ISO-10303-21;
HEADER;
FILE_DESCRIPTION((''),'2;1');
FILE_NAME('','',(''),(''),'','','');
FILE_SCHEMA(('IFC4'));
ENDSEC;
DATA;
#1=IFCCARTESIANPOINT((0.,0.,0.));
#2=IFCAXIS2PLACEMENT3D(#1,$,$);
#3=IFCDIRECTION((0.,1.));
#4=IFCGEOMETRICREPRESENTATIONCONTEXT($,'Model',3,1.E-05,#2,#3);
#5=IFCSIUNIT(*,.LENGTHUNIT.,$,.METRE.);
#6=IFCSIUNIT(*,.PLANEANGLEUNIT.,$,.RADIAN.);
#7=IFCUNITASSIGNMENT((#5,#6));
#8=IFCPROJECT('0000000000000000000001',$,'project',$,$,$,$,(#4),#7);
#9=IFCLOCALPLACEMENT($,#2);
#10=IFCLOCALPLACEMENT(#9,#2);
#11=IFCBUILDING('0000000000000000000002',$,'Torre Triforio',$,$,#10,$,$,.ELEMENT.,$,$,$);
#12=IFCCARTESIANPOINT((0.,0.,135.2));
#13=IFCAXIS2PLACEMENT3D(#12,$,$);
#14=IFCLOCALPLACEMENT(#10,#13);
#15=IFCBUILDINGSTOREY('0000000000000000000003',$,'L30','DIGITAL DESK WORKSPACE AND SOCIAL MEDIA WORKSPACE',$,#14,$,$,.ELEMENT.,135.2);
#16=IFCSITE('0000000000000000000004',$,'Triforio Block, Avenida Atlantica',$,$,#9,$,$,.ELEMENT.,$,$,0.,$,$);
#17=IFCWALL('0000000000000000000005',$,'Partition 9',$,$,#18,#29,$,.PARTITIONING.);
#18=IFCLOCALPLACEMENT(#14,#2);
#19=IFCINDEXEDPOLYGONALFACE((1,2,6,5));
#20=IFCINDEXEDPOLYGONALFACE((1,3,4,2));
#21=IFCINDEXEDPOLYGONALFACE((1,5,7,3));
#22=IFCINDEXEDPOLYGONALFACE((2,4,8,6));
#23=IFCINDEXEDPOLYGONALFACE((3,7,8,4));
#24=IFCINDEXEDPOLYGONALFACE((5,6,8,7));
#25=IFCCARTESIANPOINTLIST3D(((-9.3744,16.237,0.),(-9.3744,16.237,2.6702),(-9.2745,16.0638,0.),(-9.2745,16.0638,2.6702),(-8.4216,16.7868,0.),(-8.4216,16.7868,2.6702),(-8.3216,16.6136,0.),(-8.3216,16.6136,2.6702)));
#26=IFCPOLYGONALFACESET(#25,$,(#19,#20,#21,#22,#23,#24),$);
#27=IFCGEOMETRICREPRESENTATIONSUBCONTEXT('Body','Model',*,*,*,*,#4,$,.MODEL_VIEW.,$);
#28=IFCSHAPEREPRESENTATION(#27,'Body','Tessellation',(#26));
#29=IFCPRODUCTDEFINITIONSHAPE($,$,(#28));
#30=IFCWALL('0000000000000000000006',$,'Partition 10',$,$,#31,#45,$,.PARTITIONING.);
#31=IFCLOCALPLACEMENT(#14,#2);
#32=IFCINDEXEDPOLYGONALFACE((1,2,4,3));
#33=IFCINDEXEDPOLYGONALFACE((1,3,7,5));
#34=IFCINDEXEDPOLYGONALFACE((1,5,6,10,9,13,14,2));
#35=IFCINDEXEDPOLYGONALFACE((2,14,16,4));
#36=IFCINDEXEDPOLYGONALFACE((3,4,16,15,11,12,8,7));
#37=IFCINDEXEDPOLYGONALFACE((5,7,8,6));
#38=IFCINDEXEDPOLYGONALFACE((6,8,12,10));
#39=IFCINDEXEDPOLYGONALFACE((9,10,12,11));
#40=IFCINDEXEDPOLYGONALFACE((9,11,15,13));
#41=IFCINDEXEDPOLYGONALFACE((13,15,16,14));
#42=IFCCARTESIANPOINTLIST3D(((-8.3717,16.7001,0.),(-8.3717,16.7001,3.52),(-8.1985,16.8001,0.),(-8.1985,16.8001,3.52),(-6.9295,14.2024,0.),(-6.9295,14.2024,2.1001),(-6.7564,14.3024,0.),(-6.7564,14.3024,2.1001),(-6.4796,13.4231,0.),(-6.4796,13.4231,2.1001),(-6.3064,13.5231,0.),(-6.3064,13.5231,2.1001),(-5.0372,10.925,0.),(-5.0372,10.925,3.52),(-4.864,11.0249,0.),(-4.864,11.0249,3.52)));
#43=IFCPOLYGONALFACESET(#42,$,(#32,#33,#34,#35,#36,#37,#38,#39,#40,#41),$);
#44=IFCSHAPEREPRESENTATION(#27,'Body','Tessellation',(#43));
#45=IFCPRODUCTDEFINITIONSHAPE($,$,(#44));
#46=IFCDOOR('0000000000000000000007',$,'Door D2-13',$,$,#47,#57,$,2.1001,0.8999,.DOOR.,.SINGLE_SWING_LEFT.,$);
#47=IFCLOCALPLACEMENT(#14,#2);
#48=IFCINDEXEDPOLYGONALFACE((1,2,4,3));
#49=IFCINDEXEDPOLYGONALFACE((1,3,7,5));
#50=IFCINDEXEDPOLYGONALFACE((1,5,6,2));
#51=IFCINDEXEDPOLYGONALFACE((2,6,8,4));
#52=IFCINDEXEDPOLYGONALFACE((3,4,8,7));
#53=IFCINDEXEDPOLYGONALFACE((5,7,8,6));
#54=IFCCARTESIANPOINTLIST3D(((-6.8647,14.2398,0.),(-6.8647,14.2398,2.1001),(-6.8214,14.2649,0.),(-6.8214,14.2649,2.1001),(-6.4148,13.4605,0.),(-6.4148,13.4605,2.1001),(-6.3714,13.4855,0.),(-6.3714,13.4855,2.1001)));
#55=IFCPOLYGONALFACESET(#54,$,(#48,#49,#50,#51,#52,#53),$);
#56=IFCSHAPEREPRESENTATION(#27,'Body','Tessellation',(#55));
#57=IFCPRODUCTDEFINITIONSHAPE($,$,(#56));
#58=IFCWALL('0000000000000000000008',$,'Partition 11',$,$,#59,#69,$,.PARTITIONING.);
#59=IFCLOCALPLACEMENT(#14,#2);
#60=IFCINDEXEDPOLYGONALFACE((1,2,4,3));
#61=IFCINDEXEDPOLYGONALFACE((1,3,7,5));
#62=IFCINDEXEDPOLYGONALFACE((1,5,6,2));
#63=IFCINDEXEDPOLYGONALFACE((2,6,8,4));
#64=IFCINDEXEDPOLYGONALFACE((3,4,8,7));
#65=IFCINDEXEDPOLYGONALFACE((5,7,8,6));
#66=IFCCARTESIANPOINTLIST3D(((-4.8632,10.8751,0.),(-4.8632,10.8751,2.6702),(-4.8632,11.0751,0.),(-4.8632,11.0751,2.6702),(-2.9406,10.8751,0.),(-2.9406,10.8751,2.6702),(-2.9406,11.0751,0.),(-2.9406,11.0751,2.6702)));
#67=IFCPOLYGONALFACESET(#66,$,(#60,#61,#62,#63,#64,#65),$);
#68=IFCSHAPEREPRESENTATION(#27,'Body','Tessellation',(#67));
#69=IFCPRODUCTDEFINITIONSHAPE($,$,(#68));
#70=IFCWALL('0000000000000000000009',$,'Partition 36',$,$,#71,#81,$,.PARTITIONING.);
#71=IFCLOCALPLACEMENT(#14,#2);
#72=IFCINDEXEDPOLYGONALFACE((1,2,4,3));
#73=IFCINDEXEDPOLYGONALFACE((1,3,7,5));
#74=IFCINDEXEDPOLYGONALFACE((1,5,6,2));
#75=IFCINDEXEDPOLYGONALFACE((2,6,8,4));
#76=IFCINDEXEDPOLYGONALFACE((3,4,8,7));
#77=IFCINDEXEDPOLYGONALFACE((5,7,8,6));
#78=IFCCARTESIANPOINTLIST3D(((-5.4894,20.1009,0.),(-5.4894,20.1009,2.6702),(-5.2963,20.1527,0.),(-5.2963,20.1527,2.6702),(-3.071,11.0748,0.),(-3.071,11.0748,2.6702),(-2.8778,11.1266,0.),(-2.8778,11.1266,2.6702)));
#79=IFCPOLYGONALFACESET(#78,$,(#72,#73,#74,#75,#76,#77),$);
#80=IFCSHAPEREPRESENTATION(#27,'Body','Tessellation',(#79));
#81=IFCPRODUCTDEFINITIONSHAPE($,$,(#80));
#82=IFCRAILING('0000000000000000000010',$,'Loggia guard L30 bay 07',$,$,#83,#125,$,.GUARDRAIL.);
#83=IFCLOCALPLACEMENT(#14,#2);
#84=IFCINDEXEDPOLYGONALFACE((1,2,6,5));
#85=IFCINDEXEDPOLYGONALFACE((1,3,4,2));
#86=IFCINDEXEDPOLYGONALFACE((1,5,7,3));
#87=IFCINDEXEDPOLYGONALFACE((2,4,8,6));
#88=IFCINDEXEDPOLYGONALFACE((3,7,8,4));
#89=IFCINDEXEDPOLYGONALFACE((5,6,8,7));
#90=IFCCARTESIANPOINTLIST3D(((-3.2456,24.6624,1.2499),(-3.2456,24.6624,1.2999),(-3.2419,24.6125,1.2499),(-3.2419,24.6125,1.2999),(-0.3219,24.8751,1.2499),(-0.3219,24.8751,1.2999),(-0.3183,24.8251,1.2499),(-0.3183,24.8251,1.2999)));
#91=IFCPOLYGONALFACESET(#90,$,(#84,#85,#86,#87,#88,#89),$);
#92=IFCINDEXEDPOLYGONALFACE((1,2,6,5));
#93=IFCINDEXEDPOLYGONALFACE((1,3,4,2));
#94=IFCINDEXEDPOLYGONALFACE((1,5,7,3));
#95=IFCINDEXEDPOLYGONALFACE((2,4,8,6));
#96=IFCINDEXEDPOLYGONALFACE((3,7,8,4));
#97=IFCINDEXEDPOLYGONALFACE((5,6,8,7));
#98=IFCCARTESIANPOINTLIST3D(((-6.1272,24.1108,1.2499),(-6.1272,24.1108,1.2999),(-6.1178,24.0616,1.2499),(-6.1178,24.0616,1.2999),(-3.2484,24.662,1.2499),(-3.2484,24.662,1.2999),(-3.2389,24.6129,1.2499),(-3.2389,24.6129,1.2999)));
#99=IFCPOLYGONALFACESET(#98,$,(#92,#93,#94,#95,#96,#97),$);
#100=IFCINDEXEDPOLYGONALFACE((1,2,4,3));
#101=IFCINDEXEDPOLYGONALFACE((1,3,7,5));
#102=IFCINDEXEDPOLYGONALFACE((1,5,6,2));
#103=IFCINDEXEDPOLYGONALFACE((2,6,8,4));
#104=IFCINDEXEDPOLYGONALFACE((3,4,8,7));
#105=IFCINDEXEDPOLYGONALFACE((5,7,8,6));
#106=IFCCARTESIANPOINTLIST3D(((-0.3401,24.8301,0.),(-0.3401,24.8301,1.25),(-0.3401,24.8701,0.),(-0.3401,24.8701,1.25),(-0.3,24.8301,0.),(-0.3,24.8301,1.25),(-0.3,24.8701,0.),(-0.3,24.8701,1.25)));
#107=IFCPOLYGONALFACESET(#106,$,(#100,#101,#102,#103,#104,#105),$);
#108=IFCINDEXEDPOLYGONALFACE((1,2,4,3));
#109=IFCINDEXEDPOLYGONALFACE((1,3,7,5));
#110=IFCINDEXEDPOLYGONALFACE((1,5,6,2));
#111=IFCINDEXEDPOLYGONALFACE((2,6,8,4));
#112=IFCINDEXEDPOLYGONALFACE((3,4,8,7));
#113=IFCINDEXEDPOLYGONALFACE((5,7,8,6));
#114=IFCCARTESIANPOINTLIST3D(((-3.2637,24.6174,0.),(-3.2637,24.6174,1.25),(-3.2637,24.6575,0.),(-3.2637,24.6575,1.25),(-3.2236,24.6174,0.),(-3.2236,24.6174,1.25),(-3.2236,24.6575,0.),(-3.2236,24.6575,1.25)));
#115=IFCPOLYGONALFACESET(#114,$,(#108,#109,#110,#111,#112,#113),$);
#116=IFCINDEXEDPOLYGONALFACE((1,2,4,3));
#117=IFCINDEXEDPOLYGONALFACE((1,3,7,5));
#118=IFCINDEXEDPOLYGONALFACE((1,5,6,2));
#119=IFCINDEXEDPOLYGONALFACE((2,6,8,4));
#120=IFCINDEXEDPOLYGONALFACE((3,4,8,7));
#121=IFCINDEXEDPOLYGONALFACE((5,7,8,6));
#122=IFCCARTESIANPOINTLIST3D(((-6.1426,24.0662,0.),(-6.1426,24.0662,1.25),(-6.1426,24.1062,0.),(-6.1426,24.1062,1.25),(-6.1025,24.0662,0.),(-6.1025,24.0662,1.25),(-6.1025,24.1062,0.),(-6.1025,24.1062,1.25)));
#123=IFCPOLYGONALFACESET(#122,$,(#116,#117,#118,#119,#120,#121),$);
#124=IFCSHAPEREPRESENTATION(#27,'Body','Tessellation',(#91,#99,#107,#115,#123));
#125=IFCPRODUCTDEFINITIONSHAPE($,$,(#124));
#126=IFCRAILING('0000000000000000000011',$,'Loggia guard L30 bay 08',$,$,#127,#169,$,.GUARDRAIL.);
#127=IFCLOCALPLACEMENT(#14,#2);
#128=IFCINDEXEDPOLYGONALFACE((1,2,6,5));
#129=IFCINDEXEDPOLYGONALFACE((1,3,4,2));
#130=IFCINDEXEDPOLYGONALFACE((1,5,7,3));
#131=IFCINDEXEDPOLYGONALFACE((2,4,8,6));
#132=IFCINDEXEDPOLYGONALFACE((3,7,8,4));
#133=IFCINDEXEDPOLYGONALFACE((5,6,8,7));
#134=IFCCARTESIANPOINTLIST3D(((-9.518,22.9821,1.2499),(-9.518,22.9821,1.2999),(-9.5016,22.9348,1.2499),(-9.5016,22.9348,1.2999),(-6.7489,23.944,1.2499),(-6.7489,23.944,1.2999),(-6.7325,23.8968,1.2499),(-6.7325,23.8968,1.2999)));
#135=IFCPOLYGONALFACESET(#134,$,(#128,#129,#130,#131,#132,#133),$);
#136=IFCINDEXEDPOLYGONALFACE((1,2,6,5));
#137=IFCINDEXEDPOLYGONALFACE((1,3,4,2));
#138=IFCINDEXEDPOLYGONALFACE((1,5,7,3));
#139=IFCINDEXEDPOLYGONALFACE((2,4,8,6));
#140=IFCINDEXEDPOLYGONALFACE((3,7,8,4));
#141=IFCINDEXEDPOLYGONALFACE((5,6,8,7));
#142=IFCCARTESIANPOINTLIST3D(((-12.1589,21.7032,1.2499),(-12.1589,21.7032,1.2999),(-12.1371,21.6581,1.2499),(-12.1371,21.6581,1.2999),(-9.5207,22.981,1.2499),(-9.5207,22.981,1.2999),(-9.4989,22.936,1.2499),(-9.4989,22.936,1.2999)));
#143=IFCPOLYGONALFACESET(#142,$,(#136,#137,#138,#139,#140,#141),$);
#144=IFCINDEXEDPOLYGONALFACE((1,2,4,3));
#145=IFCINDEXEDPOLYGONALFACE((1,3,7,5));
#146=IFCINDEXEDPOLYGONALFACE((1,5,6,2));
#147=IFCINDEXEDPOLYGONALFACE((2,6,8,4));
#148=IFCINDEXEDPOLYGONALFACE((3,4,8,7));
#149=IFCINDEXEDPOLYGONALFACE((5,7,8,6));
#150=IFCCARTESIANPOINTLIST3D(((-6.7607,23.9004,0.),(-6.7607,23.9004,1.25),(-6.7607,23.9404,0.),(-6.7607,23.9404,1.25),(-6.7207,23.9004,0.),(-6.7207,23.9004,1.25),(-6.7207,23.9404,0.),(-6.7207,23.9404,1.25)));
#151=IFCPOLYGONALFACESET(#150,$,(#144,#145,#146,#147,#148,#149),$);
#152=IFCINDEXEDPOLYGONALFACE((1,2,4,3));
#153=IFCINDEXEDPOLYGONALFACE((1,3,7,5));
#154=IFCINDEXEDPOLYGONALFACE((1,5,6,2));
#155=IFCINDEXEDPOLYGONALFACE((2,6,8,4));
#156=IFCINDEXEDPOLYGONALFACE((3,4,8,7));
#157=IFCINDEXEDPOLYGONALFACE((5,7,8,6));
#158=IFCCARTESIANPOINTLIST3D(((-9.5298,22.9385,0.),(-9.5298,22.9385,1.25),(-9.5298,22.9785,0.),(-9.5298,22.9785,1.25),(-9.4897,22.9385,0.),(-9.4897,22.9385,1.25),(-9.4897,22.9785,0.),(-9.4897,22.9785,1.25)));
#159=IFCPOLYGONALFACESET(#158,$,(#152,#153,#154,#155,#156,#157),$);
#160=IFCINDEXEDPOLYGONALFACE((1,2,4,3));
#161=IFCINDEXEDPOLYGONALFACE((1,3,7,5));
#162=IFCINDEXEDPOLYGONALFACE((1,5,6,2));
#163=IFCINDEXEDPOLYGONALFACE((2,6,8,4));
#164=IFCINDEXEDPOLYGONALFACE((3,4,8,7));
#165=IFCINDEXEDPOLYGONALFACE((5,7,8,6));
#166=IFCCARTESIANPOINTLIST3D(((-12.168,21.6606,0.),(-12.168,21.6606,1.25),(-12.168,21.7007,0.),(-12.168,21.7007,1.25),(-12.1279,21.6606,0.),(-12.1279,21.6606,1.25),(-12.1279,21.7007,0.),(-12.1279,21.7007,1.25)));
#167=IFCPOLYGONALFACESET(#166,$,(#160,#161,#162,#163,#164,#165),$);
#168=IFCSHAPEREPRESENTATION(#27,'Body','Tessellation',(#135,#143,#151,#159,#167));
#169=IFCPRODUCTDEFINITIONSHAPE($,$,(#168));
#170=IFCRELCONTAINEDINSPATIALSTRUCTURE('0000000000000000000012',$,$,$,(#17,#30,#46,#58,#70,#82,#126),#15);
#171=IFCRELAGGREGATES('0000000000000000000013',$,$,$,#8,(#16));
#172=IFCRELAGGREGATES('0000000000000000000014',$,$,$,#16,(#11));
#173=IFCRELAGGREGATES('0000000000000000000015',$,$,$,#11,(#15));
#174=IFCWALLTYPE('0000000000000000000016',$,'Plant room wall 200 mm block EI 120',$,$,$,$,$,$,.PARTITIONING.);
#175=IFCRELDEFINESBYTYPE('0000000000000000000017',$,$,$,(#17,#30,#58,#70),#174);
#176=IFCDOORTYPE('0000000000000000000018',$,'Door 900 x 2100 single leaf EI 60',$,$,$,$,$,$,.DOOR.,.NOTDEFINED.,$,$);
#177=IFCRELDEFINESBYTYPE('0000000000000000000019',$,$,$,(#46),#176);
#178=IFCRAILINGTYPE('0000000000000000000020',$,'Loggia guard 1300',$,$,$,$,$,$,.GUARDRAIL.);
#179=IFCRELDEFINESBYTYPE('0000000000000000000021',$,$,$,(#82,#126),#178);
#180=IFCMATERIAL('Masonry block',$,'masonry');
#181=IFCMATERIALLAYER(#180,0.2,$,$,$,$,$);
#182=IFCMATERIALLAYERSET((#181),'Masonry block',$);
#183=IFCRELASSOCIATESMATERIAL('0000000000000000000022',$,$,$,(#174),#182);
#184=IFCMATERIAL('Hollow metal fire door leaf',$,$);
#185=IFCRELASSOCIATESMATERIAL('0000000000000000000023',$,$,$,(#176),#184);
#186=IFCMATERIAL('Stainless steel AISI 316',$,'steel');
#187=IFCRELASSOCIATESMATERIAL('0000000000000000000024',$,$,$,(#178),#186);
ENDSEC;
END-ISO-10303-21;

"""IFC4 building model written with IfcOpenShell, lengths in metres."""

from ifc_helpers import new_model, si_unit, direction, frame, frame_2d, origin, origin_2d, place, context, subcontext, project, spatial, rectangle, extrude, material, layer, layer_set, type_object, element, fill, save


model = new_model("IFC4")

# Units and contexts
model_context = context("Model", 3, precision=1e-05, world=origin(), true_north=direction((0.0, 1.0)))
body_context = subcontext(model_context, "Body", "Model", "MODEL_VIEW")
ifc_project = project(units=[si_unit("LENGTHUNIT", "METRE"), si_unit("PLANEANGLEUNIT", "RADIAN")], contexts=[model_context])

# Site, building, storey
site_placement = place(None, origin())
site = spatial("IfcSite", under=ifc_project, at=site_placement, Name="Triforio Block, Avenida Atlantica", CompositionType="ELEMENT", RefElevation=0.0)
building_placement = place(site_placement, origin())
building = spatial("IfcBuilding", under=site, at=building_placement, Name="Torre Triforio", CompositionType="ELEMENT")
storey_placement = place(building_placement, frame((0.0, 0.0, 135.2)))
storey = spatial("IfcBuildingStorey", under=building, at=storey_placement, Name="L30", Description="DIGITAL DESK WORKSPACE AND SOCIAL MEDIA WORKSPACE", CompositionType="ELEMENT", Elevation=135.2)

# Shared definitions
ifc_material_1 = material(Name="Hollow metal fire door leaf")

# Wall
ifc_material_2 = material(Name="Masonry block", Category="masonry")
ifc_layer_1 = layer(ifc_material_2, 0.2)
ifc_layer_set_1 = layer_set([ifc_layer_1], Name="Masonry block")
wall_type_1 = type_object("IfcWallType", Name="Plant room wall 200 mm block EI 120", PredefinedType="PARTITIONING", material=ifc_layer_set_1)
wall_1_placement = place(storey_placement, frame((-9.3245, 16.1504, 0.0), z_axis=(0.0, 0.0, 1.0), x_axis=(0.86616, 0.499767, 0.0)))
element("IfcWall", 1, at=wall_1_placement, inside=storey, type_object=wall_type_1, Name="Partition 9", PredefinedType="PARTITIONING", context=body_context, shape_type="SweptSolid", body=[
    extrude(rectangle(XDim=1.1001, YDim=0.2, at=frame_2d((0.55, 0.0))), origin(), (0.0, 0.0, 1.0), 2.6702),
])

# Wall, opening, door
wall_2_placement = place(storey_placement, frame((-8.2852, 16.7502, 0.0), z_axis=(0.0, 0.0, 1.0), x_axis=(0.500021, -0.866013, 0.0)))
wall_2 = element("IfcWall", 2, at=wall_2_placement, inside=storey, type_object=wall_type_1, Name="Partition 10", PredefinedType="PARTITIONING", context=body_context, shape_type="SweptSolid", body=[
    extrude(rectangle(XDim=6.6687, YDim=0.2, at=frame_2d((3.3345, 0.0))), origin(), (0.0, 0.0, 1.0), 3.52),
])
opening_1_placement = place(wall_2_placement, frame((2.8843, 0.0, 0.0)))
opening_1 = element("IfcOpeningElement", 3, at=opening_1_placement, cuts=wall_2, PredefinedType="OPENING", context=body_context, shape_type="SweptSolid", body=[
    extrude(rectangle(XDim=0.8999, YDim=2.1001, at=frame_2d((0.45, 1.05))), frame((0.0, 0.1099, 0.0), z_axis=(0.0, -1.0, 0.0), x_axis=(1.0, 0.0, 0.0)), (0.0, 0.0, 1.0), 0.22),
])
door_type_1 = type_object("IfcDoorType", Name="Door 900 x 2100 single leaf EI 60", OperationType="NOTDEFINED", PredefinedType="DOOR", material=ifc_material_1)
door_1_placement = place(opening_1_placement, origin())
door_1 = element("IfcDoor", 4, at=door_1_placement, inside=storey, type_object=door_type_1, Name="Door D2-13", OperationType="SINGLE_SWING_LEFT", OverallHeight=2.1001, OverallWidth=0.8999, PredefinedType="DOOR", context=body_context, shape_type="SweptSolid", body=[
    extrude(rectangle(XDim=0.8999, YDim=2.1001, at=frame_2d((0.45, 1.05))), frame((0.0, 0.0249, 0.0), z_axis=(0.0, -1.0, 0.0), x_axis=(1.0, 0.0, 0.0)), (0.0, 0.0, 1.0), 0.05),
])
fill(opening_1, door_1)

# Walls
wall_3_placement = place(storey_placement, frame((-4.8633, 10.9751, 0.0), z_axis=(0.0, 0.0, 1.0), x_axis=(1.0, 0.0, 0.0)))
element("IfcWall", 5, at=wall_3_placement, inside=storey, type_object=wall_type_1, Name="Partition 11", PredefinedType="PARTITIONING", context=body_context, shape_type="SweptSolid", body=[
    extrude(rectangle(XDim=1.9226, YDim=0.2, at=frame_2d((0.9614, 0.0))), origin(), (0.0, 0.0, 1.0), 2.6702),
])
wall_4_placement = place(storey_placement, frame((-2.9744, 11.1006, 0.0), z_axis=(0.0, 0.0, 1.0), x_axis=(-0.258811, 0.965928, 0.0)))
element("IfcWall", 6, at=wall_4_placement, inside=storey, type_object=wall_type_1, Name="Partition 36", PredefinedType="PARTITIONING", context=body_context, shape_type="SweptSolid", body=[
    extrude(rectangle(XDim=9.3445, YDim=0.2, at=frame_2d((4.6724, 0.0))), origin(), (0.0, 0.0, 1.0), 2.6702),
])

# Railings
ifc_material_3 = material(Name="Stainless steel AISI 316", Category="steel")
railing_type = type_object("IfcRailingType", Name="Loggia guard 1300", PredefinedType="GUARDRAIL", material=ifc_material_3)
railing_1_placement = place(storey_placement, frame((-0.3201, 24.8501, 0.0)))
element("IfcRailing", 7, at=railing_1_placement, inside=storey, type_object=railing_type, Name="Loggia guard L30 bay 07", PredefinedType="GUARDRAIL", context=body_context, shape_type="SweptSolid", body=[
    extrude(rectangle(XDim=0.05, YDim=0.05, at=origin_2d()), frame((0.0, 0.0, 1.2749), z_axis=(-0.997365, -0.072543, 0.0), x_axis=(0.072543, -0.997365, 0.0)), (0.0, 0.0, 1.0), 2.9314),
    extrude(rectangle(XDim=0.05, YDim=0.05, at=origin_2d()), frame((-2.9236, -0.2126, 1.2749), z_axis=(-0.982156, -0.188069, 0.0), x_axis=(0.188069, -0.982156, 0.0)), (0.0, 0.0, 1.0), 2.9312),
    extrude(rectangle(XDim=0.04, YDim=0.04, at=origin_2d()), origin(), (0.0, 0.0, 1.0), 1.25),
    extrude(rectangle(XDim=0.04, YDim=0.04, at=origin_2d()), frame((-2.9236, -0.2126, 0.0)), (0.0, 0.0, 1.0), 1.25),
    extrude(rectangle(XDim=0.04, YDim=0.04, at=origin_2d()), frame((-5.8025, -0.7639, 0.0)), (0.0, 0.0, 1.0), 1.25),
])
railing_2_placement = place(storey_placement, frame((-6.7407, 23.9204, 0.0)))
element("IfcRailing", 8, at=railing_2_placement, inside=storey, type_object=railing_type, Name="Loggia guard L30 bay 08", PredefinedType="GUARDRAIL", context=body_context, shape_type="SweptSolid", body=[
    extrude(rectangle(XDim=0.05, YDim=0.05, at=origin_2d()), frame((0.0, 0.0, 1.2749), z_axis=(-0.944627, -0.328146, 0.0), x_axis=(0.328146, -0.944627, 0.0)), (0.0, 0.0, 1.0), 2.9314),
    extrude(rectangle(XDim=0.05, YDim=0.05, at=origin_2d()), frame((-2.769, -0.9619, 1.2749), z_axis=(-0.899986, -0.435918, 0.0), x_axis=(0.435918, -0.899986, 0.0)), (0.0, 0.0, 1.0), 2.9314),
    extrude(rectangle(XDim=0.04, YDim=0.04, at=origin_2d()), origin(), (0.0, 0.0, 1.0), 1.25),
    extrude(rectangle(XDim=0.04, YDim=0.04, at=origin_2d()), frame((-2.769, -0.9619, 0.0)), (0.0, 0.0, 1.0), 1.25),
    extrude(rectangle(XDim=0.04, YDim=0.04, at=origin_2d()), frame((-5.4072, -2.2397, 0.0)), (0.0, 0.0, 1.0), 1.25),
])

save(model, "model.ifc")
